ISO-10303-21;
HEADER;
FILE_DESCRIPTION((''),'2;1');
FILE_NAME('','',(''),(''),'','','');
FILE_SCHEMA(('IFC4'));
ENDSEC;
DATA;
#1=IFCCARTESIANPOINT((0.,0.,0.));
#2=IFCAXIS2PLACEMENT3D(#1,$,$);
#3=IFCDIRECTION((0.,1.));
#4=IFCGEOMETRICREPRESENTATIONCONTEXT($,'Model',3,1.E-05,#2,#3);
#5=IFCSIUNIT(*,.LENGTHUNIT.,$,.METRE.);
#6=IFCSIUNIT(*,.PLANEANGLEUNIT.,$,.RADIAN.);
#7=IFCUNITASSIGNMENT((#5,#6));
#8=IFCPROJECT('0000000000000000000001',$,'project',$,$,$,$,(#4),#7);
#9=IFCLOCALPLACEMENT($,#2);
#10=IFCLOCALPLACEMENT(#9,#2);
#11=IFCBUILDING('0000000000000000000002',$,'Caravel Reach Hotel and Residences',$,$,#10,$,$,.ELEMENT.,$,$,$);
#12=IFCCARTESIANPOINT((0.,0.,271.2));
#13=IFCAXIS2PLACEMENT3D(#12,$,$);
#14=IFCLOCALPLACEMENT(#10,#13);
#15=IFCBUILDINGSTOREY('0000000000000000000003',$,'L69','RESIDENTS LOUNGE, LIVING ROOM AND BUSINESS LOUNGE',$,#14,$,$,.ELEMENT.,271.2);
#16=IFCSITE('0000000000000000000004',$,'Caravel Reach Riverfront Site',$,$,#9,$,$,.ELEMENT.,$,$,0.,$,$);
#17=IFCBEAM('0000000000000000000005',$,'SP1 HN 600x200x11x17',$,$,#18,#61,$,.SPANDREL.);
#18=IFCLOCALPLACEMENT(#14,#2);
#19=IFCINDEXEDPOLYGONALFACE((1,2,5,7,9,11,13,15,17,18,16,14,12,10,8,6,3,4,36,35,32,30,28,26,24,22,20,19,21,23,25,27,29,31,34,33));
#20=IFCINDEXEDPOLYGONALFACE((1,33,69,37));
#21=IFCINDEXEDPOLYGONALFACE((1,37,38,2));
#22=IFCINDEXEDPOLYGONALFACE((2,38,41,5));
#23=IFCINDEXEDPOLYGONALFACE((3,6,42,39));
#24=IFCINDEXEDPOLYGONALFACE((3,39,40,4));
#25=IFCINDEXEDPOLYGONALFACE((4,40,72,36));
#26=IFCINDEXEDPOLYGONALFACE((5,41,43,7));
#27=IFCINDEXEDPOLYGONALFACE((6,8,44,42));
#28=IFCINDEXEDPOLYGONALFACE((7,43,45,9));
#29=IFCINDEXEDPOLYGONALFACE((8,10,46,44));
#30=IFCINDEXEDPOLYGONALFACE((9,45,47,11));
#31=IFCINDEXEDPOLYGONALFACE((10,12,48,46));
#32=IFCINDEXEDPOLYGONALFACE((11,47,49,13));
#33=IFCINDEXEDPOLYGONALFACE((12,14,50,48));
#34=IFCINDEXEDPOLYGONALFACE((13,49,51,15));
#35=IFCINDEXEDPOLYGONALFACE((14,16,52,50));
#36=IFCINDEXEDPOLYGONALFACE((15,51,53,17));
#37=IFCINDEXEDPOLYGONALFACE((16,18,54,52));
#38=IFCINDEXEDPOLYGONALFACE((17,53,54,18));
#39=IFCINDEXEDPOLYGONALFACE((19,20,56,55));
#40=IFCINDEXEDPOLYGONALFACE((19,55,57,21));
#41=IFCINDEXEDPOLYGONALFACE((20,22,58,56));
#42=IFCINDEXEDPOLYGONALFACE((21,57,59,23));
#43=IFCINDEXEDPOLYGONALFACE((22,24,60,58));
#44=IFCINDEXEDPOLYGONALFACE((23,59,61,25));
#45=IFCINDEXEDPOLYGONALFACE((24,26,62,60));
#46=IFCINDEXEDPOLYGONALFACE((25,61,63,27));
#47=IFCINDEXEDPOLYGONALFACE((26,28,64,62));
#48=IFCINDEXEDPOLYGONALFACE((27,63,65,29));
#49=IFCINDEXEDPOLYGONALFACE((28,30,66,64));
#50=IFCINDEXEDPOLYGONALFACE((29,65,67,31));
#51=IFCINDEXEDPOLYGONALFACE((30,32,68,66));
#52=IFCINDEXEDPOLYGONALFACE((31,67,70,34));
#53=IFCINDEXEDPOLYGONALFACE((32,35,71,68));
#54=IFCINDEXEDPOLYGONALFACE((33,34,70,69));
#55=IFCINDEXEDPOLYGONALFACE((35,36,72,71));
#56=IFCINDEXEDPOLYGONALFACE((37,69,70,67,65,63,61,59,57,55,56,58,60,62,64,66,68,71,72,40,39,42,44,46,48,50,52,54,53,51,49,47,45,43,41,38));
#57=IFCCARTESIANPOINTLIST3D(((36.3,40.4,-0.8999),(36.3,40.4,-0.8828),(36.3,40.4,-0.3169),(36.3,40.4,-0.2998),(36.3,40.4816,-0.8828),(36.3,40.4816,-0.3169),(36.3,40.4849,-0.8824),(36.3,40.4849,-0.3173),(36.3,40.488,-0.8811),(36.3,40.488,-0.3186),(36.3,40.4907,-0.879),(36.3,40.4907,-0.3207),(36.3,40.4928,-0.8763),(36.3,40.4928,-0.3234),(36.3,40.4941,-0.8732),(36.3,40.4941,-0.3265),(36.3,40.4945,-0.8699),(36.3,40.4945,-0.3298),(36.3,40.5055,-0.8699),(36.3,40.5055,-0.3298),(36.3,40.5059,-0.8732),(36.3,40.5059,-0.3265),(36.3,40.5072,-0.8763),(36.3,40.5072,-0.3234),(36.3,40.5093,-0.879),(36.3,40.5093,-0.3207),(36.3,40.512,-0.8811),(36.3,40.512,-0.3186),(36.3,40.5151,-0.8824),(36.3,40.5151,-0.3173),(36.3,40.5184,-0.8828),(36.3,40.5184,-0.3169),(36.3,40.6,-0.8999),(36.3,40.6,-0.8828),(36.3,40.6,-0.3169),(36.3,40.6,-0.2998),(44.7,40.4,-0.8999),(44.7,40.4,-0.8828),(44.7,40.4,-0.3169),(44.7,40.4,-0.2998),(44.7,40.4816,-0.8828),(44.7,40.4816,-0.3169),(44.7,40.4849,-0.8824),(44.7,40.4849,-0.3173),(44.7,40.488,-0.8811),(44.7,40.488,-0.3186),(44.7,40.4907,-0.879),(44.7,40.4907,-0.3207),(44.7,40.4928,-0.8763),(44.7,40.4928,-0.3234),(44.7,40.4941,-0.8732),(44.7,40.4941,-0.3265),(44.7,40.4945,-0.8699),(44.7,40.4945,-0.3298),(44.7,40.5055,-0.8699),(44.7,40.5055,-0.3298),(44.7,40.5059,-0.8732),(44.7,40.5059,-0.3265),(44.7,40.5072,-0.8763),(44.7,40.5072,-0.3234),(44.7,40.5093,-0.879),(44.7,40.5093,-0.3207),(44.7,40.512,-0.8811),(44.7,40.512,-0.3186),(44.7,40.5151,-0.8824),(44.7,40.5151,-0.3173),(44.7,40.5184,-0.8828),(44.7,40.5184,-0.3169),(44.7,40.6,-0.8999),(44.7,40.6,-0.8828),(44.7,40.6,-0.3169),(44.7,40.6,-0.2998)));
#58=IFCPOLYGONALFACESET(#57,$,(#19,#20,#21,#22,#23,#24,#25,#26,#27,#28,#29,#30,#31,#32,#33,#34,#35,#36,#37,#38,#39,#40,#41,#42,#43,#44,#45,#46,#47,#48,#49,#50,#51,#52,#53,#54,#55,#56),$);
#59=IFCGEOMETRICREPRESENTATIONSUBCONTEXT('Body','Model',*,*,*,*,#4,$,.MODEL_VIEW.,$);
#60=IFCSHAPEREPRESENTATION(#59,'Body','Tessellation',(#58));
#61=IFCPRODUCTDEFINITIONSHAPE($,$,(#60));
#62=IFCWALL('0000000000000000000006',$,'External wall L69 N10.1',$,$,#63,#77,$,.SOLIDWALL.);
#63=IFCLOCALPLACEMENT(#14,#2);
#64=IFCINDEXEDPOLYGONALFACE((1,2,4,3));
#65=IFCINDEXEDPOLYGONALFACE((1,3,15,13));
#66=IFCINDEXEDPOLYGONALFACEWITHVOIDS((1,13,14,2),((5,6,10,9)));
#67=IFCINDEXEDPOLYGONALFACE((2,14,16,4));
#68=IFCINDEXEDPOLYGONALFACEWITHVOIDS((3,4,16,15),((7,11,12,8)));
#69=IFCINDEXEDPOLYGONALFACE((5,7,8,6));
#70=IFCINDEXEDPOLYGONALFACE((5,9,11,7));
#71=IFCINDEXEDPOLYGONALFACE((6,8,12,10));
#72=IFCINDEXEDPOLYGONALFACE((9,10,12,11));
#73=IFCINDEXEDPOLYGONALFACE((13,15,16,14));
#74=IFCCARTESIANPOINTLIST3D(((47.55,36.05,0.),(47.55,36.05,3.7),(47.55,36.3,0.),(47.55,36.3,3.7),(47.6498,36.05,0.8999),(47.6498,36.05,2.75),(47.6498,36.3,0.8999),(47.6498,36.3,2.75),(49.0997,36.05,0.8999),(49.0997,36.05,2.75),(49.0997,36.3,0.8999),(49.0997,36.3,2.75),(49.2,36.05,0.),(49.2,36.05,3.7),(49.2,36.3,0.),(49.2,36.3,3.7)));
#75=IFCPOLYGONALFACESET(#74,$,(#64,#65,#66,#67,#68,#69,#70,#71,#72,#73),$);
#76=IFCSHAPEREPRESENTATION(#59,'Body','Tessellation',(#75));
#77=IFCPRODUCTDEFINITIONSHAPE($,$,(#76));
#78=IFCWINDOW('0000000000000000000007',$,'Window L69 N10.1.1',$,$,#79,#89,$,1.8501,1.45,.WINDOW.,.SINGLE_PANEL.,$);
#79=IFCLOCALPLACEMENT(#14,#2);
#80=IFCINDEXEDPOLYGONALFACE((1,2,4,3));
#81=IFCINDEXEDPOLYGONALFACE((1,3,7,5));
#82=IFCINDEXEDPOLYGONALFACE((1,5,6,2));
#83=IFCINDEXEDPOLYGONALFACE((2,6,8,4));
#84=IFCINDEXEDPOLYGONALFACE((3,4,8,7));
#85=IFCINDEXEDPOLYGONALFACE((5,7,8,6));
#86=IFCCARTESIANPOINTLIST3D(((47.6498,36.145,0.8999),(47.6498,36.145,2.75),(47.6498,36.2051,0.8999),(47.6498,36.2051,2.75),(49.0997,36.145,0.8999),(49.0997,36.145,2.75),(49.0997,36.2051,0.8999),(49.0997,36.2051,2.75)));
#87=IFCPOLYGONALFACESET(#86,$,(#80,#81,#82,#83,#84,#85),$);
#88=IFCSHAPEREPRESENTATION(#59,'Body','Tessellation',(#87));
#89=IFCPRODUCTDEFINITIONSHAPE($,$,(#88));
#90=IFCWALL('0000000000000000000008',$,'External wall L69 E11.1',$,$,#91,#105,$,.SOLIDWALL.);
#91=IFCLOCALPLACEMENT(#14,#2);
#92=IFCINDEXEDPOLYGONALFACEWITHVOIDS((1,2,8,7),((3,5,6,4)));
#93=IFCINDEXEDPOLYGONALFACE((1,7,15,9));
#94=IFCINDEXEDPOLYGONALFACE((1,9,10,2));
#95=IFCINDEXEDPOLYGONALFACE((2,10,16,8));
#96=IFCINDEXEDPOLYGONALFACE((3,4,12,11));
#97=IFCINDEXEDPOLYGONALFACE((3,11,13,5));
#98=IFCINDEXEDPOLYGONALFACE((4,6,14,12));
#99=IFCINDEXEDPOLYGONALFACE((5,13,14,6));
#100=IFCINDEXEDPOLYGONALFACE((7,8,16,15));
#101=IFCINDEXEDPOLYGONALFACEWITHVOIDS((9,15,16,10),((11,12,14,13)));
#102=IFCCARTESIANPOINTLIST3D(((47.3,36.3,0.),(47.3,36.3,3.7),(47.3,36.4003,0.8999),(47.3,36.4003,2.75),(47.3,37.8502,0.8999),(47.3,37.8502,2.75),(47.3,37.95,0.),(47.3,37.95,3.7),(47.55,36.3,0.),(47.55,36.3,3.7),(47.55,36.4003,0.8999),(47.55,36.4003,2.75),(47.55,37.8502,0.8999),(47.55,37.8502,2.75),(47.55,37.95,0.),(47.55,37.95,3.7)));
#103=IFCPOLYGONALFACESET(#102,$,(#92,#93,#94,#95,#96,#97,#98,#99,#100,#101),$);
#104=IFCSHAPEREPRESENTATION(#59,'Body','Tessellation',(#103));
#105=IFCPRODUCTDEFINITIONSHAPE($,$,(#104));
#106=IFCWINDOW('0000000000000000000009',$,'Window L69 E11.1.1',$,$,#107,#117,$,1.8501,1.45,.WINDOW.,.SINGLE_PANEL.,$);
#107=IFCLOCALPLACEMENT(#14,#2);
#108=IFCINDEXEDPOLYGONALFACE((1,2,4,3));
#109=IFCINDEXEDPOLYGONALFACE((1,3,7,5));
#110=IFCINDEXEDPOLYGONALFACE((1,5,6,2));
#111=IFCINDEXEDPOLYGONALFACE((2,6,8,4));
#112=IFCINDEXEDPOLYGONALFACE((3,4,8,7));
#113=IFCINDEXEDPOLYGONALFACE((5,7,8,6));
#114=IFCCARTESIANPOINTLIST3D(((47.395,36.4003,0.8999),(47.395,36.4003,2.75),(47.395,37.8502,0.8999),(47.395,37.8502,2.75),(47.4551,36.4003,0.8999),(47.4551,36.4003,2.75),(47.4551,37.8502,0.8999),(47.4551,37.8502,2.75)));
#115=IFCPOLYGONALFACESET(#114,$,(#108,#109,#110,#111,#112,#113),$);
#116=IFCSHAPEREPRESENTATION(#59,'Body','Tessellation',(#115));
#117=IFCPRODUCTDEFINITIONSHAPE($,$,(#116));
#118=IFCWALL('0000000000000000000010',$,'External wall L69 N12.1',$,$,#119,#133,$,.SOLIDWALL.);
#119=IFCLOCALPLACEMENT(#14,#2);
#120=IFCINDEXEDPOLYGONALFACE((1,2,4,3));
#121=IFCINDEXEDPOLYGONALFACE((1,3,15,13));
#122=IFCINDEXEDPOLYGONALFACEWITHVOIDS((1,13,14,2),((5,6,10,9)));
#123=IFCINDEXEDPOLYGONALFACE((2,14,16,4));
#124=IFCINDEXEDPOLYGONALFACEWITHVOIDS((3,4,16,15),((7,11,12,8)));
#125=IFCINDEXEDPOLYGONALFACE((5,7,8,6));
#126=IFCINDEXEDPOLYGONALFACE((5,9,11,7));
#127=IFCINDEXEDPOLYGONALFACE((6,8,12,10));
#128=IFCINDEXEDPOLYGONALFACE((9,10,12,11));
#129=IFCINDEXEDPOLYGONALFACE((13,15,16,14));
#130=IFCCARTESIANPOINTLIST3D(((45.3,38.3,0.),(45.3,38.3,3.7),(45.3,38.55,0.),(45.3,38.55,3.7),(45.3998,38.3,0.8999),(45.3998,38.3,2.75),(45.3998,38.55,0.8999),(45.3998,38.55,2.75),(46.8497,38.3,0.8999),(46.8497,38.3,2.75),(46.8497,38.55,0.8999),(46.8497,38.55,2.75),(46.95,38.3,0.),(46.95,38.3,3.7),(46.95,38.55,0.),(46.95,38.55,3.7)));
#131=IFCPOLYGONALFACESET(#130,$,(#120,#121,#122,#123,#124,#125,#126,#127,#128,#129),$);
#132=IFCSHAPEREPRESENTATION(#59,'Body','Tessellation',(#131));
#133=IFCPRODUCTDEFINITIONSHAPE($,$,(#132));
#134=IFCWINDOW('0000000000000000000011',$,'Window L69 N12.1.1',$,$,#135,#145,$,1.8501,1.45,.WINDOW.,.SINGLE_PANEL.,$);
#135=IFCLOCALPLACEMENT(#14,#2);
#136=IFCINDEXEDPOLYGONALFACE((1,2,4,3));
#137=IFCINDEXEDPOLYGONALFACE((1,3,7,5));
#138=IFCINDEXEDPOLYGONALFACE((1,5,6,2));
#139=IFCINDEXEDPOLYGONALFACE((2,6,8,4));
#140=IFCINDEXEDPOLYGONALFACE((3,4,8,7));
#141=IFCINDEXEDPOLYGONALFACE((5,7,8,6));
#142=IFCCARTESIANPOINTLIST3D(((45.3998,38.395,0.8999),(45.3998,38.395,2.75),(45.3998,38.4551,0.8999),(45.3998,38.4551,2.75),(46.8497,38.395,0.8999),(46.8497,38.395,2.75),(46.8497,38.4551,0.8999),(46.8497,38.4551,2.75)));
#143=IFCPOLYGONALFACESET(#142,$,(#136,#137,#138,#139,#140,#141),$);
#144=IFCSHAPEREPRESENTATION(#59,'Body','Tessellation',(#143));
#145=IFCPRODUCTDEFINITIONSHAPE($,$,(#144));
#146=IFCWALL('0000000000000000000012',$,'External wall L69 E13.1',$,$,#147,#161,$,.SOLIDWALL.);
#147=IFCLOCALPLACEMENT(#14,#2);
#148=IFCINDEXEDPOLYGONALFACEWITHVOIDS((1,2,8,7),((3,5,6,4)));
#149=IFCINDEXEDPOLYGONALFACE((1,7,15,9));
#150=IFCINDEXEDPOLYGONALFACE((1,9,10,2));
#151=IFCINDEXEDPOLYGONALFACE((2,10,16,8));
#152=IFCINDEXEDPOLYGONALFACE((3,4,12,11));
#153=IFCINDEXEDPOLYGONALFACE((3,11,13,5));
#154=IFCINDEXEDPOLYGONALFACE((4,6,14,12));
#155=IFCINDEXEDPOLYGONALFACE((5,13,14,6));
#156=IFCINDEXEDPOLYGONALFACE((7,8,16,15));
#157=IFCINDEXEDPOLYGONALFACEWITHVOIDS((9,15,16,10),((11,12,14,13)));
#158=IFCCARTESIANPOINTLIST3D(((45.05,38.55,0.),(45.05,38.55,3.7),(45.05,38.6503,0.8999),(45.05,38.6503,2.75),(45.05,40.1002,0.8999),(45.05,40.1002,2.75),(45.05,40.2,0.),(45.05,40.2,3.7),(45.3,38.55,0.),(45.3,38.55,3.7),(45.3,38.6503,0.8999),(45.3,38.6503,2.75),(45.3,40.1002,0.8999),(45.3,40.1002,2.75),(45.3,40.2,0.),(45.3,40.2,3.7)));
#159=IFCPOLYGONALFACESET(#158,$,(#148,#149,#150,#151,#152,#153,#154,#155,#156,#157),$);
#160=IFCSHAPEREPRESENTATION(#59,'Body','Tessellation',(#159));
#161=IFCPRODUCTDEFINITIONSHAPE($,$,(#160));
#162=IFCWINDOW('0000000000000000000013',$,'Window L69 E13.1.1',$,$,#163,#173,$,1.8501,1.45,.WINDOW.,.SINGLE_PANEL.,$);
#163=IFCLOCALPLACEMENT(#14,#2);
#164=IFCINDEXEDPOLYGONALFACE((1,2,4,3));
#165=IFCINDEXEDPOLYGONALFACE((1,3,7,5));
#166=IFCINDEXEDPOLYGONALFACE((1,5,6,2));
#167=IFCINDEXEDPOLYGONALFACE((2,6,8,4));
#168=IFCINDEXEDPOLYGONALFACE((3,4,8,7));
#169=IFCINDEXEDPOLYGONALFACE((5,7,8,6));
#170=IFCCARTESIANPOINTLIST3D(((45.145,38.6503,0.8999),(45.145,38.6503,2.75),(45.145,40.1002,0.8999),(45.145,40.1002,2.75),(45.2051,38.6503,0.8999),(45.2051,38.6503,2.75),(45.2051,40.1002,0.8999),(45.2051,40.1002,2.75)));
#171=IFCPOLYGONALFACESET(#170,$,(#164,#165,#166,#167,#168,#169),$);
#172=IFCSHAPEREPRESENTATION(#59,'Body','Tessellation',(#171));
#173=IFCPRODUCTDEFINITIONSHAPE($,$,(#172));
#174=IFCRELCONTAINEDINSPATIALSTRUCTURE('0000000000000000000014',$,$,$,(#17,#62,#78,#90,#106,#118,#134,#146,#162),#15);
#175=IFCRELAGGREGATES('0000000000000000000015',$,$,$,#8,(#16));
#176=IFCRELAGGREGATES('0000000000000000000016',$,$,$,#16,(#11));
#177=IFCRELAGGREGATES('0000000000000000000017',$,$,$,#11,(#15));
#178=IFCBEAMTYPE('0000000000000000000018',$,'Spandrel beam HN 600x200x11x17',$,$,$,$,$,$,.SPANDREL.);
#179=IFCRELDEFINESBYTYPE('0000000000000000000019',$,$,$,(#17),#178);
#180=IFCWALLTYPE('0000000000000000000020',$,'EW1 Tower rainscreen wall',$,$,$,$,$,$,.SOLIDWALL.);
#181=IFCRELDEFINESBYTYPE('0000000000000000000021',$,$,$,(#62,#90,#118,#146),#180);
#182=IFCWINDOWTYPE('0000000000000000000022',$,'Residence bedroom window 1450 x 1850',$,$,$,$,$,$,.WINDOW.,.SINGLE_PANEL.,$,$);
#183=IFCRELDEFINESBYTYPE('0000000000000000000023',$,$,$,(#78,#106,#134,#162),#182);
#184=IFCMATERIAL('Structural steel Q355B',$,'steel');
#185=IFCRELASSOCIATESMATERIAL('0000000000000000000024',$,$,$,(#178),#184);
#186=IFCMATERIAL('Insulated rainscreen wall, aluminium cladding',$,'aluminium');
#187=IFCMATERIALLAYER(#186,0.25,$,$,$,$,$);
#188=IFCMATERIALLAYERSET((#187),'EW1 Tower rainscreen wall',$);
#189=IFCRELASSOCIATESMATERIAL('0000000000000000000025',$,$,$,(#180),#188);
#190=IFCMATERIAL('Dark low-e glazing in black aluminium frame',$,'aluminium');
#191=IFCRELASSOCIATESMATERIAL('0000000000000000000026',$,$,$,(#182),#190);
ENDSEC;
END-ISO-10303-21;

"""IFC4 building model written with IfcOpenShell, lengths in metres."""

from ifc_helpers import new_model, si_unit, direction, frame, frame_2d, origin, origin_2d, place, context, subcontext, project, spatial, rectangle, i_section, extrude, material, layer, layer_set, material_profile, profile_set, type_object, element, fill, save


model = new_model("IFC4")

# Units and contexts
model_context = context("Model", 3, precision=1e-05, world=origin(), true_north=direction((0.0, 1.0)))
body_context = subcontext(model_context, "Body", "Model", "MODEL_VIEW")
ifc_project = project(units=[si_unit("LENGTHUNIT", "METRE"), si_unit("PLANEANGLEUNIT", "RADIAN")], contexts=[model_context])

# Site, building, storey
site_placement = place(None, origin())
site = spatial("IfcSite", under=ifc_project, at=site_placement, Name="Caravel Reach Riverfront Site", CompositionType="ELEMENT", RefElevation=0.0)
building_placement = place(site_placement, origin())
building = spatial("IfcBuilding", under=site, at=building_placement, Name="Caravel Reach Hotel and Residences", CompositionType="ELEMENT")
storey_placement = place(building_placement, frame((0.0, 0.0, 271.2)))
storey = spatial("IfcBuildingStorey", under=building, at=storey_placement, Name="L69", Description="RESIDENTS LOUNGE, LIVING ROOM AND BUSINESS LOUNGE", CompositionType="ELEMENT", Elevation=271.2)

# Beam
ifc_material_1 = material(Name="Structural steel Q355B", Category="steel")
ifc_material_profile_1 = material_profile(ifc_material_1, i_section(OverallWidth=0.2, OverallDepth=0.6001, WebThickness=0.011, FlangeThickness=0.0171, FilletRadius=0.0129, at=origin_2d()), Name="HN 600x200x11x17")
ifc_profile_set_1 = profile_set([ifc_material_profile_1], Name="Structural steel Q355B")
beam_type = type_object("IfcBeamType", Name="Spandrel beam HN 600x200x11x17", PredefinedType="SPANDREL", material=ifc_profile_set_1)
beam_placement = place(storey_placement, frame((44.7, 40.5, -0.5999), z_axis=(-1.0, 0.0, 0.0), x_axis=(0.0, -1.0, 0.0)))
element("IfcBeam", 1, at=beam_placement, inside=storey, type_object=beam_type, Name="SP1 HN 600x200x11x17", PredefinedType="SPANDREL", context=body_context, shape_type="SweptSolid", body=[
    extrude(i_section(OverallWidth=0.2, OverallDepth=0.6001, WebThickness=0.011, FlangeThickness=0.0171, FilletRadius=0.0129, at=origin_2d()), origin(), (0.0, 0.0, 1.0), 8.3999),
])

# Walls, openings, windows
ifc_material_2 = material(Name="Insulated rainscreen wall, aluminium cladding", Category="aluminium")
ifc_layer = layer(ifc_material_2, 0.25)
ifc_layer_set = layer_set([ifc_layer], Name="EW1 Tower rainscreen wall")
wall_type = type_object("IfcWallType", Name="EW1 Tower rainscreen wall", PredefinedType="SOLIDWALL", material=ifc_layer_set)
wall_1_placement = place(storey_placement, frame((49.2, 36.175, 0.0), z_axis=(0.0, 0.0, 1.0), x_axis=(-1.0, 0.0, 0.0)))
wall_1 = element("IfcWall", 2, at=wall_1_placement, inside=storey, type_object=wall_type, Name="External wall L69 N10.1", PredefinedType="SOLIDWALL", context=body_context, shape_type="SweptSolid", body=[
    extrude(rectangle(XDim=1.6499, YDim=0.25, at=frame_2d((0.825, 0.0))), origin(), (0.0, 0.0, 1.0), 3.7),
])
opening_1_placement = place(wall_1_placement, frame((0.1001, 0.0, 0.8999)))
opening_1 = element("IfcOpeningElement", 3, at=opening_1_placement, cuts=wall_1, PredefinedType="OPENING", context=body_context, shape_type="SweptSolid", body=[
    extrude(rectangle(XDim=1.45, YDim=1.8501, at=frame_2d((0.7251, 0.925))), frame((0.0, 0.135, 0.0), z_axis=(0.0, -1.0, 0.0), x_axis=(1.0, 0.0, 0.0)), (0.0, 0.0, 1.0), 0.27),
])
ifc_material_3 = material(Name="Dark low-e glazing in black aluminium frame", Category="aluminium")
window_type_1 = type_object("IfcWindowType", Name="Residence bedroom window 1450 x 1850", PartitioningType="SINGLE_PANEL", PredefinedType="WINDOW", material=ifc_material_3)
window_1_placement = place(opening_1_placement, origin())
window_1 = element("IfcWindow", 4, at=window_1_placement, inside=storey, type_object=window_type_1, Name="Window L69 N10.1.1", OverallHeight=1.8501, OverallWidth=1.45, PartitioningType="SINGLE_PANEL", PredefinedType="WINDOW", context=body_context, shape_type="SweptSolid", body=[
    extrude(rectangle(XDim=1.45, YDim=1.8501, at=frame_2d((0.7251, 0.925))), frame((0.0, 0.03, 0.0), z_axis=(0.0, -1.0, 0.0), x_axis=(1.0, 0.0, 0.0)), (0.0, 0.0, 1.0), 0.0601),
])
fill(opening_1, window_1)
wall_2_placement = place(storey_placement, frame((47.425, 36.3, 0.0), z_axis=(0.0, 0.0, 1.0), x_axis=(0.0, 1.0, 0.0)))
wall_2 = element("IfcWall", 5, at=wall_2_placement, inside=storey, type_object=wall_type, Name="External wall L69 E11.1", PredefinedType="SOLIDWALL", context=body_context, shape_type="SweptSolid", body=[
    extrude(rectangle(XDim=1.6499, YDim=0.25, at=frame_2d((0.825, 0.0))), origin(), (0.0, 0.0, 1.0), 3.7),
])
opening_2_placement = place(wall_2_placement, frame((0.1001, 0.0, 0.8999)))
opening_2 = element("IfcOpeningElement", 6, at=opening_2_placement, cuts=wall_2, PredefinedType="OPENING", context=body_context, shape_type="SweptSolid", body=[
    extrude(rectangle(XDim=1.45, YDim=1.8501, at=frame_2d((0.7251, 0.925))), frame((0.0, 0.135, 0.0), z_axis=(0.0, -1.0, 0.0), x_axis=(1.0, 0.0, 0.0)), (0.0, 0.0, 1.0), 0.27),
])
window_2_placement = place(opening_2_placement, origin())
window_2 = element("IfcWindow", 7, at=window_2_placement, inside=storey, type_object=window_type_1, Name="Window L69 E11.1.1", OverallHeight=1.8501, OverallWidth=1.45, PartitioningType="SINGLE_PANEL", PredefinedType="WINDOW", context=body_context, shape_type="SweptSolid", body=[
    extrude(rectangle(XDim=1.45, YDim=1.8501, at=frame_2d((0.7251, 0.925))), frame((0.0, 0.03, 0.0), z_axis=(0.0, -1.0, 0.0), x_axis=(1.0, 0.0, 0.0)), (0.0, 0.0, 1.0), 0.0601),
])
fill(opening_2, window_2)
wall_3_placement = place(storey_placement, frame((46.95, 38.425, 0.0), z_axis=(0.0, 0.0, 1.0), x_axis=(-1.0, 0.0, 0.0)))
wall_3 = element("IfcWall", 8, at=wall_3_placement, inside=storey, type_object=wall_type, Name="External wall L69 N12.1", PredefinedType="SOLIDWALL", context=body_context, shape_type="SweptSolid", body=[
    extrude(rectangle(XDim=1.6499, YDim=0.25, at=frame_2d((0.825, 0.0))), origin(), (0.0, 0.0, 1.0), 3.7),
])
opening_3_placement = place(wall_3_placement, frame((0.1001, 0.0, 0.8999)))
opening_3 = element("IfcOpeningElement", 9, at=opening_3_placement, cuts=wall_3, PredefinedType="OPENING", context=body_context, shape_type="SweptSolid", body=[
    extrude(rectangle(XDim=1.45, YDim=1.8501, at=frame_2d((0.7251, 0.925))), frame((0.0, 0.135, 0.0), z_axis=(0.0, -1.0, 0.0), x_axis=(1.0, 0.0, 0.0)), (0.0, 0.0, 1.0), 0.27),
])
window_3_placement = place(opening_3_placement, origin())
window_3 = element("IfcWindow", 10, at=window_3_placement, inside=storey, type_object=window_type_1, Name="Window L69 N12.1.1", OverallHeight=1.8501, OverallWidth=1.45, PartitioningType="SINGLE_PANEL", PredefinedType="WINDOW", context=body_context, shape_type="SweptSolid", body=[
    extrude(rectangle(XDim=1.45, YDim=1.8501, at=frame_2d((0.7251, 0.925))), frame((0.0, 0.03, 0.0), z_axis=(0.0, -1.0, 0.0), x_axis=(1.0, 0.0, 0.0)), (0.0, 0.0, 1.0), 0.0601),
])
fill(opening_3, window_3)
wall_4_placement = place(storey_placement, frame((45.175, 38.55, 0.0), z_axis=(0.0, 0.0, 1.0), x_axis=(0.0, 1.0, 0.0)))
wall_4 = element("IfcWall", 11, at=wall_4_placement, inside=storey, type_object=wall_type, Name="External wall L69 E13.1", PredefinedType="SOLIDWALL", context=body_context, shape_type="SweptSolid", body=[
    extrude(rectangle(XDim=1.6499, YDim=0.25, at=frame_2d((0.825, 0.0))), origin(), (0.0, 0.0, 1.0), 3.7),
])
opening_4_placement = place(wall_4_placement, frame((0.1001, 0.0, 0.8999)))
opening_4 = element("IfcOpeningElement", 12, at=opening_4_placement, cuts=wall_4, PredefinedType="OPENING", context=body_context, shape_type="SweptSolid", body=[
    extrude(rectangle(XDim=1.45, YDim=1.8501, at=frame_2d((0.7251, 0.925))), frame((0.0, 0.135, 0.0), z_axis=(0.0, -1.0, 0.0), x_axis=(1.0, 0.0, 0.0)), (0.0, 0.0, 1.0), 0.27),
])
window_4_placement = place(opening_4_placement, origin())
window_4 = element("IfcWindow", 13, at=window_4_placement, inside=storey, type_object=window_type_1, Name="Window L69 E13.1.1", OverallHeight=1.8501, OverallWidth=1.45, PartitioningType="SINGLE_PANEL", PredefinedType="WINDOW", context=body_context, shape_type="SweptSolid", body=[
    extrude(rectangle(XDim=1.45, YDim=1.8501, at=frame_2d((0.7251, 0.925))), frame((0.0, 0.03, 0.0), z_axis=(0.0, -1.0, 0.0), x_axis=(1.0, 0.0, 0.0)), (0.0, 0.0, 1.0), 0.0601),
])
fill(opening_4, window_4)

save(model, "model.ifc")
